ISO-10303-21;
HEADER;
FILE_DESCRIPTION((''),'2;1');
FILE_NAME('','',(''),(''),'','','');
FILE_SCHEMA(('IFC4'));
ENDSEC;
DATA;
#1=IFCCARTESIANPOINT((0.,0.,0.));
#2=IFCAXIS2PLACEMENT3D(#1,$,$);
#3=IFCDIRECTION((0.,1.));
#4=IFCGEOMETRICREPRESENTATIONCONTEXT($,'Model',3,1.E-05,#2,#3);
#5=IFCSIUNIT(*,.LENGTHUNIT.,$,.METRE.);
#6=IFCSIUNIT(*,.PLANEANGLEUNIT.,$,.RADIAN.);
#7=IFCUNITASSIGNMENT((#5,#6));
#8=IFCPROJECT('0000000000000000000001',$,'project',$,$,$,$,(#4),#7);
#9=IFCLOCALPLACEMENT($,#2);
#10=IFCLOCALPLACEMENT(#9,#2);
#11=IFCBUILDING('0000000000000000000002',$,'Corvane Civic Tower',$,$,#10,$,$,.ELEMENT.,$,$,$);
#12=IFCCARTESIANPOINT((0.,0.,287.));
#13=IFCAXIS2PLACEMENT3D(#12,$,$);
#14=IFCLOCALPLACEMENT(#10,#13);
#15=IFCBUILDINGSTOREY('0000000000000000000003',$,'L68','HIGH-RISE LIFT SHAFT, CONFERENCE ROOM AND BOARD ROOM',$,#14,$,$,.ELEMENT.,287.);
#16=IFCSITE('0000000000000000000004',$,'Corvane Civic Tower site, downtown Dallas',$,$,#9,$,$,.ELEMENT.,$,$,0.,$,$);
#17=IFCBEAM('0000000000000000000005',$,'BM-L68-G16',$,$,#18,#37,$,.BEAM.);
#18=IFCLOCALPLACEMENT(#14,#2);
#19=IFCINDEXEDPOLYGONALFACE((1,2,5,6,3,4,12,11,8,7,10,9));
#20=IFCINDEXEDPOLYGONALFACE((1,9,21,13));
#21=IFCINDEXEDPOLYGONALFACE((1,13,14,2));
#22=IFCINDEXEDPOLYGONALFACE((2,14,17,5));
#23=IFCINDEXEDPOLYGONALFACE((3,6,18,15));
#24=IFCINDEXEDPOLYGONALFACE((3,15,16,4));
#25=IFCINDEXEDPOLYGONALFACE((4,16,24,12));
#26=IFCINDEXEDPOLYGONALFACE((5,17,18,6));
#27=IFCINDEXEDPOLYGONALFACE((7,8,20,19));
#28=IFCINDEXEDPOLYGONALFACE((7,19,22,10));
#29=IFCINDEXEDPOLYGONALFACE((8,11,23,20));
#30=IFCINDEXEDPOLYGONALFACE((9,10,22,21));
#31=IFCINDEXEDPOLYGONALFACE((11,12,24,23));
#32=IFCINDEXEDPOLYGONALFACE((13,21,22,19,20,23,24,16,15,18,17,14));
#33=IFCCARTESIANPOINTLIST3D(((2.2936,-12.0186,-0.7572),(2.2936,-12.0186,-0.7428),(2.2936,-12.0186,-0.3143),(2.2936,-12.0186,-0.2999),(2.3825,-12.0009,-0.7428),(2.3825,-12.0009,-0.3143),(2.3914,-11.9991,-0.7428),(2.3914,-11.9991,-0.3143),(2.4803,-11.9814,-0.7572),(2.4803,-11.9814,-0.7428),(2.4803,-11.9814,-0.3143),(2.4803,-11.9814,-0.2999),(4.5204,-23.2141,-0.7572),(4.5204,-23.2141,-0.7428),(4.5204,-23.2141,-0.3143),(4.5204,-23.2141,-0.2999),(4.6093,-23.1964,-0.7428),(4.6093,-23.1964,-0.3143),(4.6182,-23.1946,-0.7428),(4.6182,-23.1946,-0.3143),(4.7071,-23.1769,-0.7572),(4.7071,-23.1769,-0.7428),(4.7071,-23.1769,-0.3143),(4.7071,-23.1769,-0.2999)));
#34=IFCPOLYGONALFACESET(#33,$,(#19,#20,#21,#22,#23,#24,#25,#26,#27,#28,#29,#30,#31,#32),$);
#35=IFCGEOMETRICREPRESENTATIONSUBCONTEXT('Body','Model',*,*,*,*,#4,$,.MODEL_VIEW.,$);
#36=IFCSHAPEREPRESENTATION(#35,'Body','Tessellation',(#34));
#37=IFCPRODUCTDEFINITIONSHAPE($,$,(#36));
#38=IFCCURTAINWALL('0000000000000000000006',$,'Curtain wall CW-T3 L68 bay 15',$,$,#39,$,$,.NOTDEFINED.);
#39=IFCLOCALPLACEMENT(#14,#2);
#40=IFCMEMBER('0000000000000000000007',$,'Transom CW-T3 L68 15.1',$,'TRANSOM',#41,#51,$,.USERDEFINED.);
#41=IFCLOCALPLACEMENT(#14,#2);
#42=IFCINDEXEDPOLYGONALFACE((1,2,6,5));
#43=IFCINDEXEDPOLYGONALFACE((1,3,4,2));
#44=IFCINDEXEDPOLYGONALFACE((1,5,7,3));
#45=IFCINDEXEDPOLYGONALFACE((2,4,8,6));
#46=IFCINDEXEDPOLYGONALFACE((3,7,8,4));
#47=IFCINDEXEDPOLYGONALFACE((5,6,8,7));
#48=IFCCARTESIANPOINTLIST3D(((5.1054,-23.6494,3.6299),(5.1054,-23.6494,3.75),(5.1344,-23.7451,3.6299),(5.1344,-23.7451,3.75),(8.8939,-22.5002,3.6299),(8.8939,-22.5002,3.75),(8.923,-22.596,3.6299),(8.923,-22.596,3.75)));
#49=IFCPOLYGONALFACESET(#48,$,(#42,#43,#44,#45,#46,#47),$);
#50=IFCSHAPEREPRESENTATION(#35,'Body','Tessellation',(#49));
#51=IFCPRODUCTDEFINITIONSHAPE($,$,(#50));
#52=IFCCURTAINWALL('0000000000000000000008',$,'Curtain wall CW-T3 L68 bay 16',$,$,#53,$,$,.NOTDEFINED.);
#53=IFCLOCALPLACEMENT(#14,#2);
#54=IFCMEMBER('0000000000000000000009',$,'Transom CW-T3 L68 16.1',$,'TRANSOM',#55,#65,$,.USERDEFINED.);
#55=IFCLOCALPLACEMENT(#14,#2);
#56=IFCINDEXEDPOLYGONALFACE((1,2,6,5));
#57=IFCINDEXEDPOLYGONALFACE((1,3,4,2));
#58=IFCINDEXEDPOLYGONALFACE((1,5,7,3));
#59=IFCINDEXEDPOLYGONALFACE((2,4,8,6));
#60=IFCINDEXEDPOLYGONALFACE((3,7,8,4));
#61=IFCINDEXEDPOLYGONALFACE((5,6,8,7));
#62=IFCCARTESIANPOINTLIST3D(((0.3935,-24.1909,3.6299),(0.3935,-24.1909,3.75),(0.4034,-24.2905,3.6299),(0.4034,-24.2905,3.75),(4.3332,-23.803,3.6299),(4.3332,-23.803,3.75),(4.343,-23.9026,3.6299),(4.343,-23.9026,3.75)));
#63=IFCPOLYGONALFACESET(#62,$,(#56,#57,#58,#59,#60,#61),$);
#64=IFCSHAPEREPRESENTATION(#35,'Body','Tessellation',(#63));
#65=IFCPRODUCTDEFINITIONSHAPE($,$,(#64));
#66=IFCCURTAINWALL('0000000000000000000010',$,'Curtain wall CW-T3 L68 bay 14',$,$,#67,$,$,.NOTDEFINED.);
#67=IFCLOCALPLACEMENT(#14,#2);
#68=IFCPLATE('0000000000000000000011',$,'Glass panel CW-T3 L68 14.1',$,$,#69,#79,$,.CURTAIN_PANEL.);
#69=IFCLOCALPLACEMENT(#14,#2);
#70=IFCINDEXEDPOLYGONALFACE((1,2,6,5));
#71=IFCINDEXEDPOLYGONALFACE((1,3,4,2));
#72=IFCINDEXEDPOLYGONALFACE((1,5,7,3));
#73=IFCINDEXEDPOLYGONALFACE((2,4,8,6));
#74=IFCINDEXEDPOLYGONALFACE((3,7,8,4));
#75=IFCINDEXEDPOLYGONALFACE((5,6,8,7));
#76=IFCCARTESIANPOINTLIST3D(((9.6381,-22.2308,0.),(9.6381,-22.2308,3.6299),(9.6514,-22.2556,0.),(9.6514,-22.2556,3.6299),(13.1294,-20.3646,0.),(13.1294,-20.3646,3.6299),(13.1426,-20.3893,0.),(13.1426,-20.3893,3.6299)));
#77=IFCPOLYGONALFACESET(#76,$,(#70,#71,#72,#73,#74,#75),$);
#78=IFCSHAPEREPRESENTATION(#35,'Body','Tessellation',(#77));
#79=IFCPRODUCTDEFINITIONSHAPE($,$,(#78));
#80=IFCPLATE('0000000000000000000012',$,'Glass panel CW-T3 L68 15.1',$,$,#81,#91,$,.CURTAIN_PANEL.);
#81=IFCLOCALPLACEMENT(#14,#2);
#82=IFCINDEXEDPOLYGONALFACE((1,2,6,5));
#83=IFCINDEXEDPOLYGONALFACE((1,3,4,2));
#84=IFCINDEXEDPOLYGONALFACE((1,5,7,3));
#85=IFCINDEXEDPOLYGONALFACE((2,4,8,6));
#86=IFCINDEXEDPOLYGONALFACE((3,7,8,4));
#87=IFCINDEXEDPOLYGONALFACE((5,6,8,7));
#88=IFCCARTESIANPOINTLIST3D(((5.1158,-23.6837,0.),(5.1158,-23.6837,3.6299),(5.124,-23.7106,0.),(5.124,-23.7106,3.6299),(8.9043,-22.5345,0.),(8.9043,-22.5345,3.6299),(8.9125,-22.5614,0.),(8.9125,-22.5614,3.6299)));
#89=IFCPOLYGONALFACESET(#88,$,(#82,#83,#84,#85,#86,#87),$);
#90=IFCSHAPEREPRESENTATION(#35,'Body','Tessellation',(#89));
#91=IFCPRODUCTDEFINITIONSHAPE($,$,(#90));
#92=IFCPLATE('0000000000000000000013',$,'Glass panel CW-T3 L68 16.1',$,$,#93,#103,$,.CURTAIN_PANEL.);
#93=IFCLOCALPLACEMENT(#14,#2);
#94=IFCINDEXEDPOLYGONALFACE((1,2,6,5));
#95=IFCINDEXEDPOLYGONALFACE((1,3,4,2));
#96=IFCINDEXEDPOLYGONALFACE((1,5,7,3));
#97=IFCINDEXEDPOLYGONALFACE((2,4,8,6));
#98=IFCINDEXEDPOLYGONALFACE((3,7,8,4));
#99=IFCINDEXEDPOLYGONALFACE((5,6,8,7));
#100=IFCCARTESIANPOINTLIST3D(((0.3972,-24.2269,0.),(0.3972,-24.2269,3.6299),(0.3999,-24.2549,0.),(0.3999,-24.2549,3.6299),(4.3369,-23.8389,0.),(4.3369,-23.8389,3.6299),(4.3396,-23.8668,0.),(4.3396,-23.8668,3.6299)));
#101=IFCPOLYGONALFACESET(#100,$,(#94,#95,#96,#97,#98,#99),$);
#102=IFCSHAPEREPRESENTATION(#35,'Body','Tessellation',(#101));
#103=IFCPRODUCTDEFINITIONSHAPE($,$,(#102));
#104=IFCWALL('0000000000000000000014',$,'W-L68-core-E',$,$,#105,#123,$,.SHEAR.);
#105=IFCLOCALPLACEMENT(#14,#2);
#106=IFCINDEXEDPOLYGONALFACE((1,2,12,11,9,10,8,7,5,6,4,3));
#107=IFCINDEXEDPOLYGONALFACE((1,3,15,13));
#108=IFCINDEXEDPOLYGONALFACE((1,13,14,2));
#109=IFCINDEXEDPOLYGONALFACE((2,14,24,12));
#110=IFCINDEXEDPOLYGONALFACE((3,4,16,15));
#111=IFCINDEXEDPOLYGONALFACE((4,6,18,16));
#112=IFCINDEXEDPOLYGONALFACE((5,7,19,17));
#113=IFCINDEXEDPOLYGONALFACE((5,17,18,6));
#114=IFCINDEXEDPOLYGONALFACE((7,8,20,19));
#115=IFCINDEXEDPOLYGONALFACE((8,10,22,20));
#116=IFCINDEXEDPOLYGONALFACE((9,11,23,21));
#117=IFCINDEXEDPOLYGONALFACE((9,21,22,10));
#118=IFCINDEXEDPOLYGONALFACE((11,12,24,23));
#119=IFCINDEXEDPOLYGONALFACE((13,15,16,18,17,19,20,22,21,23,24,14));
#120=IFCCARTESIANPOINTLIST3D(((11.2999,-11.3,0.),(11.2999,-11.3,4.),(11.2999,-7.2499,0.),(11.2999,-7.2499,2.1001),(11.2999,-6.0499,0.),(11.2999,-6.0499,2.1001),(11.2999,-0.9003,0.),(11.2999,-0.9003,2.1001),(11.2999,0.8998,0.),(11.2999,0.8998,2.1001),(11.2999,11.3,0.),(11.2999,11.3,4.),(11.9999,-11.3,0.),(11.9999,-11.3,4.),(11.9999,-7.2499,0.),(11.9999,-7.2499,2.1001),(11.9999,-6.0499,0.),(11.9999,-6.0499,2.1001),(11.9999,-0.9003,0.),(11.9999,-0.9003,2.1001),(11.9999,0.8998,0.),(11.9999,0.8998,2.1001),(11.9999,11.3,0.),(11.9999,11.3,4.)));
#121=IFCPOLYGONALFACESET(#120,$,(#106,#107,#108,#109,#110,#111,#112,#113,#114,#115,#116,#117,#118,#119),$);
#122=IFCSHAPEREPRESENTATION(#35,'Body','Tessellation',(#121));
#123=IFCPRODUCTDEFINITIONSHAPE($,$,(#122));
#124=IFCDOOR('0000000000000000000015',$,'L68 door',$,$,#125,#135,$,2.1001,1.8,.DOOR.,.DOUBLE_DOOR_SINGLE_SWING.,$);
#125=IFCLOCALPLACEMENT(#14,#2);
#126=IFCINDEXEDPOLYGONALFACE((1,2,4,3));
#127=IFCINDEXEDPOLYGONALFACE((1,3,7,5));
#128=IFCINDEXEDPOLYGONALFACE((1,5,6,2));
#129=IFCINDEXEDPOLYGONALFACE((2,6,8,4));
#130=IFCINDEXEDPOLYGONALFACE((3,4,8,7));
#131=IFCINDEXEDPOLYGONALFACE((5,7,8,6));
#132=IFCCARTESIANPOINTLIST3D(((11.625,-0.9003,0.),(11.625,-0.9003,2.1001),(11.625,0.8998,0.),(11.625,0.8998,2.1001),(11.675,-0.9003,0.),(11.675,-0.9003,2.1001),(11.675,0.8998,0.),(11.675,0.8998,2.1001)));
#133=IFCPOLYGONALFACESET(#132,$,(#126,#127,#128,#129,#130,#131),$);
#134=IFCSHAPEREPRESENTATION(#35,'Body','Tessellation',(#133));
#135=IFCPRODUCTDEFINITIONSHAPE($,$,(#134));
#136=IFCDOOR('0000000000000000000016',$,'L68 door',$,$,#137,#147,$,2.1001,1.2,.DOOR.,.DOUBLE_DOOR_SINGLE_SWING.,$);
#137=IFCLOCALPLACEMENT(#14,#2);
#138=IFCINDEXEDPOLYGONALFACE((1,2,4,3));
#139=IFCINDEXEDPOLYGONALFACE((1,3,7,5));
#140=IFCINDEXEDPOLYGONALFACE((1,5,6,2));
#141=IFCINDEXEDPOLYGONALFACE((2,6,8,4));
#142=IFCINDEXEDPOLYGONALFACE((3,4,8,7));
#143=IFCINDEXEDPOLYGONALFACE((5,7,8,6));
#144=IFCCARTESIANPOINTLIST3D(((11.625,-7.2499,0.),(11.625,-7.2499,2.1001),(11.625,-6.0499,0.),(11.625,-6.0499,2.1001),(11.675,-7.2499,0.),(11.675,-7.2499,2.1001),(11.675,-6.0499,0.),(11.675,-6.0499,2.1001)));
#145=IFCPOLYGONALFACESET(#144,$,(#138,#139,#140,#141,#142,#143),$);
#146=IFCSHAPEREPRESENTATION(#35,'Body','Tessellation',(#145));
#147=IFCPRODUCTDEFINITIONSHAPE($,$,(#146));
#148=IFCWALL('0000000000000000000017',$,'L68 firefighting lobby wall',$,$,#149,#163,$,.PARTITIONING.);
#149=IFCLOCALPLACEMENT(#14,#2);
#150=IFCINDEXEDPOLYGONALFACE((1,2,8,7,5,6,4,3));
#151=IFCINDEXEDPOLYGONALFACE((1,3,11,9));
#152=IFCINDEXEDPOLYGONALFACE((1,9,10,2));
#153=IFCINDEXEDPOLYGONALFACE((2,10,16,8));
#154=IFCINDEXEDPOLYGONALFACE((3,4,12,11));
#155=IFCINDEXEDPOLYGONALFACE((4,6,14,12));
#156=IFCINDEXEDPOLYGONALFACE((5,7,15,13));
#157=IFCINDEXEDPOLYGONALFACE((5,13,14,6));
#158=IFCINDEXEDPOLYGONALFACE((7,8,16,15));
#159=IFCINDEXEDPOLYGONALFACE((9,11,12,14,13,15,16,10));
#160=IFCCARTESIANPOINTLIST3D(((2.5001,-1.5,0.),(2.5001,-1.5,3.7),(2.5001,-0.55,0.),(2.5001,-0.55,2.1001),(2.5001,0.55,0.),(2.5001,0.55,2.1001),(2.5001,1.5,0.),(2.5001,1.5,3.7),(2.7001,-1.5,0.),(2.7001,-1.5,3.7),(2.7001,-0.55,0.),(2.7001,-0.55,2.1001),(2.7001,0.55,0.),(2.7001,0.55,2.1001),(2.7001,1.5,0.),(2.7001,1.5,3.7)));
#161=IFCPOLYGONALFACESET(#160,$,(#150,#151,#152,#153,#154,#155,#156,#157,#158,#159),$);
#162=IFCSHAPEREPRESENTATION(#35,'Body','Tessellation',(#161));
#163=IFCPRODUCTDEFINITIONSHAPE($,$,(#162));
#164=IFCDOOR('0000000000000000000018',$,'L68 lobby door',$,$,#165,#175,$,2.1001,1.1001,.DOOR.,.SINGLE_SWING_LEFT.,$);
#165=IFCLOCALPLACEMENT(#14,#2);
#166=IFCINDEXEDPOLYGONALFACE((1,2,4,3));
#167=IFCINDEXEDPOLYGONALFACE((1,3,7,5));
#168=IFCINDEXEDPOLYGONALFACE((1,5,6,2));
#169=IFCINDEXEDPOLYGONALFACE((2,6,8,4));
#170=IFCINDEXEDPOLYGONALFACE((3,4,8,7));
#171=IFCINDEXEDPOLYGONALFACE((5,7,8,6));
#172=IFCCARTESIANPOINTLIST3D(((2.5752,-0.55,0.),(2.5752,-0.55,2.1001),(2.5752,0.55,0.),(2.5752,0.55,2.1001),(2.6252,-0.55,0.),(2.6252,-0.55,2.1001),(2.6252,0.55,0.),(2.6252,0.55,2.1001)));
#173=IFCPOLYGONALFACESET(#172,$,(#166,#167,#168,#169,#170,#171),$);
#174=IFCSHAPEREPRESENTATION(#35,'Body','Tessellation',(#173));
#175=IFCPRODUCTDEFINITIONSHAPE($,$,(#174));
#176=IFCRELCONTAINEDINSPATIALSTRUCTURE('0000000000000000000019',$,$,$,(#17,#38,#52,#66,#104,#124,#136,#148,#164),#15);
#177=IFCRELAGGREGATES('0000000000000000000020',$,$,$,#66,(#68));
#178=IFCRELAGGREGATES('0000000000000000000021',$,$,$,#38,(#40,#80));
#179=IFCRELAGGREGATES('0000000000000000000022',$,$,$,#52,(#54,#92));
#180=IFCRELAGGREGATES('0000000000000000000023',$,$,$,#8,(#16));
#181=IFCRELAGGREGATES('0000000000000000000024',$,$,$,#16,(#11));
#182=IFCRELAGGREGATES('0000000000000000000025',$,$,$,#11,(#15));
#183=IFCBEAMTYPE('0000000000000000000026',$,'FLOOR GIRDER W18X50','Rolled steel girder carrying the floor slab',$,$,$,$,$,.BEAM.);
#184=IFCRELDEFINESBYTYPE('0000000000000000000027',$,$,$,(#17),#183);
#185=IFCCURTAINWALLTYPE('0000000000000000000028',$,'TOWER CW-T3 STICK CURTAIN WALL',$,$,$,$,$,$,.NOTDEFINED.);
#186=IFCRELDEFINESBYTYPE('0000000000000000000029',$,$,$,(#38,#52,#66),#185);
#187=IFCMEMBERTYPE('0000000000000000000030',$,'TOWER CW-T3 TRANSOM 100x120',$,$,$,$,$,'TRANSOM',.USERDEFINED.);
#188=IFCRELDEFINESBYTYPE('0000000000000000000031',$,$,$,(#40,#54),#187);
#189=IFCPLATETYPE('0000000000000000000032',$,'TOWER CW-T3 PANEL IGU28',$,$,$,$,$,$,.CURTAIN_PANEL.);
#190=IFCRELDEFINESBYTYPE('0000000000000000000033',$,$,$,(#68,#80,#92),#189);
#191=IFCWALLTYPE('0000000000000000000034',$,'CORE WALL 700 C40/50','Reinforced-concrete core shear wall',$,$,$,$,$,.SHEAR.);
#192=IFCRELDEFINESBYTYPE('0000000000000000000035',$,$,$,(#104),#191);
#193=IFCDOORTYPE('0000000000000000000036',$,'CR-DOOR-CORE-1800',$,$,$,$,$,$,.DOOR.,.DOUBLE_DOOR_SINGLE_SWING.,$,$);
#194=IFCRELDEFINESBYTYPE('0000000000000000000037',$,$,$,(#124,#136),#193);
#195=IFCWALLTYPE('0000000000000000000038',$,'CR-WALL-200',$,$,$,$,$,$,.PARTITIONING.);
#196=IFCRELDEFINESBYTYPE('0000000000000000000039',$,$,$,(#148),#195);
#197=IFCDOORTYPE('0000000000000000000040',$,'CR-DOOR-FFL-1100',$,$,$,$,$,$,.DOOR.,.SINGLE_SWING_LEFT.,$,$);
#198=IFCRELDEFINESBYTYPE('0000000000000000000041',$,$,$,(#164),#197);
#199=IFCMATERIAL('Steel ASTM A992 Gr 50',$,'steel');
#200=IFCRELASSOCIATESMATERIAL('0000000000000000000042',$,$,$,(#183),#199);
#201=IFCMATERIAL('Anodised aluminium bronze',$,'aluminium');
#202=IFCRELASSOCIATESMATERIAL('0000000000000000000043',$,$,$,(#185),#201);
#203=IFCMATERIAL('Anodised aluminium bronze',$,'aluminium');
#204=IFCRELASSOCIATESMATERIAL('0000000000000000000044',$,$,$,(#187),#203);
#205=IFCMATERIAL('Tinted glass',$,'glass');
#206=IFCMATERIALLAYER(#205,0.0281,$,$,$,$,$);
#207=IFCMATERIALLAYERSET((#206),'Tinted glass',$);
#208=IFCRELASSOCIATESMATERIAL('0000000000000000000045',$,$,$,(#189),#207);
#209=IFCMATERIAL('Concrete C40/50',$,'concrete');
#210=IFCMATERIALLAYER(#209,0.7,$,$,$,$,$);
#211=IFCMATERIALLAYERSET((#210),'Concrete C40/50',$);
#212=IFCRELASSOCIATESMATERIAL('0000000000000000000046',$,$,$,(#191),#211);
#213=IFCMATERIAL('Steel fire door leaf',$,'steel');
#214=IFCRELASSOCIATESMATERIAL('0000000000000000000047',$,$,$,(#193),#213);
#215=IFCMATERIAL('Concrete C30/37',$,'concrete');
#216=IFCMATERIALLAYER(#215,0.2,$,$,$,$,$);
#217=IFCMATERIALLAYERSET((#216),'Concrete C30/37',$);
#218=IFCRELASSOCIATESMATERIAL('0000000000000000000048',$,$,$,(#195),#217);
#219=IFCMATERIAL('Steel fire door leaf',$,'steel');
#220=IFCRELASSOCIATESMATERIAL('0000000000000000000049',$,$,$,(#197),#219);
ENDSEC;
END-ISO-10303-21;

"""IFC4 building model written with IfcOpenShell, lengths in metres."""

from ifc_helpers import new_model, si_unit, direction, frame, frame_2d, origin, origin_2d, place, context, subcontext, project, spatial, rectangle, i_section, extrude, material, layer, layer_set, material_profile, profile_set, type_object, element, fill, aggregate, save


model = new_model("IFC4")

# Units and contexts
model_context = context("Model", 3, precision=1e-05, world=origin(), true_north=direction((0.0, 1.0)))
body_context = subcontext(model_context, "Body", "Model", "MODEL_VIEW")
ifc_project = project(units=[si_unit("LENGTHUNIT", "METRE"), si_unit("PLANEANGLEUNIT", "RADIAN")], contexts=[model_context])

# Site, building, storey
site_placement = place(None, origin())
site = spatial("IfcSite", under=ifc_project, at=site_placement, Name="Corvane Civic Tower site, downtown Dallas", CompositionType="ELEMENT", RefElevation=0.0)
building_placement = place(site_placement, origin())
building = spatial("IfcBuilding", under=site, at=building_placement, Name="Corvane Civic Tower", CompositionType="ELEMENT")
storey_placement = place(building_placement, frame((0.0, 0.0, 287.0)))
storey = spatial("IfcBuildingStorey", under=building, at=storey_placement, Name="L68", Description="HIGH-RISE LIFT SHAFT, CONFERENCE ROOM AND BOARD ROOM", CompositionType="ELEMENT", Elevation=287.0)

# Beam
ifc_material_1 = material(Name="Steel ASTM A992 Gr 50", Category="steel")
ifc_material_profile_1 = material_profile(ifc_material_1, i_section(OverallWidth=0.1904, OverallDepth=0.4573, WebThickness=0.009, FlangeThickness=0.0144, at=origin_2d()), Name="W18X50")
ifc_profile_set_1 = profile_set([ifc_material_profile_1], Name="Steel ASTM A992 Gr 50")
beam_type_1 = type_object("IfcBeamType", Name="FLOOR GIRDER W18X50", Description="Rolled steel girder carrying the floor slab", PredefinedType="BEAM", material=ifc_profile_set_1)
beam_1_placement = place(storey_placement, frame((2.387, -12.0, -0.5286), z_axis=(0.19508, -0.980787, 0.0), x_axis=(0.980787, 0.19508, 0.0)))
element("IfcBeam", 1, at=beam_1_placement, inside=storey, type_object=beam_type_1, Name="BM-L68-G16", PredefinedType="BEAM", context=body_context, shape_type="SweptSolid", body=[
    extrude(i_section(OverallWidth=0.1904, OverallDepth=0.4573, WebThickness=0.009, FlangeThickness=0.0144, at=origin_2d()), origin(), (0.0, 0.0, 1.0), 11.4148),
])

# Curtain walls, members
ifc_material_2 = material(Name="Anodised aluminium bronze", Category="aluminium")
curtain_wall_type = type_object("IfcCurtainWallType", Name="TOWER CW-T3 STICK CURTAIN WALL", PredefinedType="NOTDEFINED", material=ifc_material_2)
curtain_wall_1_placement = place(storey_placement, origin())
curtain_wall_1 = element("IfcCurtainWall", 2, at=curtain_wall_1_placement, inside=storey, type_object=curtain_wall_type, Name="Curtain wall CW-T3 L68 bay 15", PredefinedType="NOTDEFINED")
ifc_material_3 = material(Name="Anodised aluminium bronze", Category="aluminium")
ifc_material_profile_2 = material_profile(ifc_material_3, rectangle(XDim=0.1001, YDim=0.1201, at=origin_2d()), Name="TOWER CW-T3 TRANSOM 100x120")
ifc_profile_set_2 = profile_set([ifc_material_profile_2], Name="Anodised aluminium bronze")
member_type = type_object("IfcMemberType", Name="TOWER CW-T3 TRANSOM 100x120", ElementType="TRANSOM", PredefinedType="USERDEFINED", material=ifc_profile_set_2)
member_1_placement = place(storey_placement, frame((8.9084, -22.5481, 3.6899), z_axis=(-0.956946, -0.290266, 0.0), x_axis=(0.290266, -0.956946, 0.0)))
member_1 = element("IfcMember", 3, at=member_1_placement, type_object=member_type, Name="Transom CW-T3 L68 15.1", ObjectType="TRANSOM", PredefinedType="USERDEFINED", context=body_context, shape_type="SweptSolid", body=[
    extrude(rectangle(XDim=0.1001, YDim=0.1201, at=origin_2d()), origin(), (0.0, 0.0, 1.0), 3.959),
])
curtain_wall_2_placement = place(storey_placement, origin())
curtain_wall_2 = element("IfcCurtainWall", 4, at=curtain_wall_2_placement, inside=storey, type_object=curtain_wall_type, Name="Curtain wall CW-T3 L68 bay 16", PredefinedType="NOTDEFINED")
member_2_placement = place(storey_placement, frame((4.3381, -23.8528, 3.6899), z_axis=(-0.995187, -0.097995, 0.0), x_axis=(0.097995, -0.995187, 0.0)))
member_2 = element("IfcMember", 5, at=member_2_placement, type_object=member_type, Name="Transom CW-T3 L68 16.1", ObjectType="TRANSOM", PredefinedType="USERDEFINED", context=body_context, shape_type="SweptSolid", body=[
    extrude(rectangle(XDim=0.1001, YDim=0.1201, at=origin_2d()), origin(), (0.0, 0.0, 1.0), 3.9587),
])

# Curtain wall, plate
curtain_wall_3_placement = place(storey_placement, origin())
curtain_wall_3 = element("IfcCurtainWall", 6, at=curtain_wall_3_placement, inside=storey, type_object=curtain_wall_type, Name="Curtain wall CW-T3 L68 bay 14", PredefinedType="NOTDEFINED")
ifc_material_4 = material(Name="Tinted glass", Category="glass")
ifc_layer_1 = layer(ifc_material_4, 0.0281)
ifc_layer_set_1 = layer_set([ifc_layer_1], Name="Tinted glass")
plate_type = type_object("IfcPlateType", Name="TOWER CW-T3 PANEL IGU28", PredefinedType="CURTAIN_PANEL", material=ifc_layer_set_1)
plate_1_placement = place(storey_placement, frame((11.3904, -21.3101, 0.0), z_axis=(0.0, 0.0, 1.0), x_axis=(-0.881908, -0.471421, 0.0)))
plate_1 = element("IfcPlate", 7, at=plate_1_placement, type_object=plate_type, Name="Glass panel CW-T3 L68 14.1", PredefinedType="CURTAIN_PANEL", context=body_context, shape_type="SweptSolid", body=[
    extrude(rectangle(XDim=3.9587, YDim=0.0281, at=origin_2d()), origin(), (0.0, 0.0, 1.0), 3.6299),
])
aggregate(curtain_wall_3, [plate_1])

# Plates
plate_2_placement = place(storey_placement, frame((7.0142, -23.1226, 0.0), z_axis=(0.0, 0.0, 1.0), x_axis=(-0.956944, -0.290274, 0.0)))
plate_2 = element("IfcPlate", 8, at=plate_2_placement, type_object=plate_type, Name="Glass panel CW-T3 L68 15.1", PredefinedType="CURTAIN_PANEL", context=body_context, shape_type="SweptSolid", body=[
    extrude(rectangle(XDim=3.959, YDim=0.0281, at=origin_2d()), origin(), (0.0, 0.0, 1.0), 3.6299),
])
aggregate(curtain_wall_1, [member_1, plate_2])
plate_3_placement = place(storey_placement, frame((2.3684, -24.0469, 0.0), z_axis=(0.0, 0.0, 1.0), x_axis=(-0.995184, -0.098021, 0.0)))
plate_3 = element("IfcPlate", 9, at=plate_3_placement, type_object=plate_type, Name="Glass panel CW-T3 L68 16.1", PredefinedType="CURTAIN_PANEL", context=body_context, shape_type="SweptSolid", body=[
    extrude(rectangle(XDim=3.9587, YDim=0.0281, at=origin_2d()), origin(), (0.0, 0.0, 1.0), 3.6299),
])
aggregate(curtain_wall_2, [member_2, plate_3])

# Wall, openings, doors
ifc_material_5 = material(Name="Concrete C40/50", Category="concrete")
ifc_layer_2 = layer(ifc_material_5, 0.7)
ifc_layer_set_2 = layer_set([ifc_layer_2], Name="Concrete C40/50")
wall_type_1 = type_object("IfcWallType", Name="CORE WALL 700 C40/50", Description="Reinforced-concrete core shear wall", PredefinedType="SHEAR", material=ifc_layer_set_2)
wall_1_placement = place(storey_placement, frame((11.6499, -11.3, 0.0), z_axis=(0.0, 0.0, 1.0), x_axis=(0.0, 1.0, 0.0)))
wall_1 = element("IfcWall", 10, at=wall_1_placement, inside=storey, type_object=wall_type_1, Name="W-L68-core-E", PredefinedType="SHEAR", context=body_context, shape_type="SweptSolid", body=[
    extrude(rectangle(XDim=22.6001, YDim=0.7, at=frame_2d((11.3, 0.0))), origin(), (0.0, 0.0, 1.0), 4.0),
])
opening_1_placement = place(wall_1_placement, frame((10.3999, 0.0, 0.0)))
opening_1 = element("IfcOpeningElement", 11, at=opening_1_placement, cuts=wall_1, PredefinedType="OPENING", context=body_context, shape_type="SweptSolid", body=[
    extrude(rectangle(XDim=1.8, YDim=2.1001, at=frame_2d((0.8999, 1.05))), frame((0.0, 0.3599, 0.0), z_axis=(0.0, -1.0, 0.0), x_axis=(1.0, 0.0, 0.0)), (0.0, 0.0, 1.0), 0.72),
])
opening_2_placement = place(wall_1_placement, frame((4.05, 0.0, 0.0)))
opening_2 = element("IfcOpeningElement", 12, at=opening_2_placement, cuts=wall_1, PredefinedType="OPENING", context=body_context, shape_type="SweptSolid", body=[
    extrude(rectangle(XDim=1.2, YDim=2.1001, at=frame_2d((0.6001, 1.05))), frame((0.0, 0.3599, 0.0), z_axis=(0.0, -1.0, 0.0), x_axis=(1.0, 0.0, 0.0)), (0.0, 0.0, 1.0), 0.72),
])
ifc_material_6 = material(Name="Steel fire door leaf", Category="steel")
door_type_1 = type_object("IfcDoorType", Name="CR-DOOR-CORE-1800", OperationType="DOUBLE_DOOR_SINGLE_SWING", PredefinedType="DOOR", material=ifc_material_6)
door_1_placement = place(opening_1_placement, origin())
door_1 = element("IfcDoor", 13, at=door_1_placement, inside=storey, type_object=door_type_1, Name="L68 door", OperationType="DOUBLE_DOOR_SINGLE_SWING", OverallHeight=2.1001, OverallWidth=1.8, PredefinedType="DOOR", context=body_context, shape_type="SweptSolid", body=[
    extrude(rectangle(XDim=1.8, YDim=2.1001, at=frame_2d((0.8999, 1.05))), frame((0.0, 0.0249, 0.0), z_axis=(0.0, -1.0, 0.0), x_axis=(1.0, 0.0, 0.0)), (0.0, 0.0, 1.0), 0.05),
])
fill(opening_1, door_1)
door_2_placement = place(opening_2_placement, origin())
door_2 = element("IfcDoor", 14, at=door_2_placement, inside=storey, type_object=door_type_1, Name="L68 door", OperationType="DOUBLE_DOOR_SINGLE_SWING", OverallHeight=2.1001, OverallWidth=1.2, PredefinedType="DOOR", context=body_context, shape_type="SweptSolid", body=[
    extrude(rectangle(XDim=1.2, YDim=2.1001, at=frame_2d((0.6001, 1.05))), frame((0.0, 0.0249, 0.0), z_axis=(0.0, -1.0, 0.0), x_axis=(1.0, 0.0, 0.0)), (0.0, 0.0, 1.0), 0.05),
])
fill(opening_2, door_2)

# Wall, opening, door
ifc_material_7 = material(Name="Concrete C30/37", Category="concrete")
ifc_layer_3 = layer(ifc_material_7, 0.2)
ifc_layer_set_3 = layer_set([ifc_layer_3], Name="Concrete C30/37")
wall_type_2 = type_object("IfcWallType", Name="CR-WALL-200", PredefinedType="PARTITIONING", material=ifc_layer_set_3)
wall_2_placement = place(storey_placement, frame((2.6001, -1.5, 0.0), z_axis=(0.0, 0.0, 1.0), x_axis=(0.0, 1.0, 0.0)))
wall_2 = element("IfcWall", 15, at=wall_2_placement, inside=storey, type_object=wall_type_2, Name="L68 firefighting lobby wall", PredefinedType="PARTITIONING", context=body_context, shape_type="SweptSolid", body=[
    extrude(rectangle(XDim=3.0, YDim=0.2, at=frame_2d((1.5, 0.0))), origin(), (0.0, 0.0, 1.0), 3.7),
])
opening_3_placement = place(wall_2_placement, frame((0.95, 0.0, 0.0)))
opening_3 = element("IfcOpeningElement", 16, at=opening_3_placement, cuts=wall_2, PredefinedType="OPENING", context=body_context, shape_type="SweptSolid", body=[
    extrude(rectangle(XDim=1.1001, YDim=2.1001, at=frame_2d((0.55, 1.05))), frame((0.0, 0.1099, 0.0), z_axis=(0.0, -1.0, 0.0), x_axis=(1.0, 0.0, 0.0)), (0.0, 0.0, 1.0), 0.22),
])
ifc_material_8 = material(Name="Steel fire door leaf", Category="steel")
door_type_2 = type_object("IfcDoorType", Name="CR-DOOR-FFL-1100", OperationType="SINGLE_SWING_LEFT", PredefinedType="DOOR", material=ifc_material_8)
door_3_placement = place(opening_3_placement, origin())
door_3 = element("IfcDoor", 17, at=door_3_placement, inside=storey, type_object=door_type_2, Name="L68 lobby door", OperationType="SINGLE_SWING_LEFT", OverallHeight=2.1001, OverallWidth=1.1001, PredefinedType="DOOR", context=body_context, shape_type="SweptSolid", body=[
    extrude(rectangle(XDim=1.1001, YDim=2.1001, at=frame_2d((0.55, 1.05))), frame((0.0, 0.0249, 0.0), z_axis=(0.0, -1.0, 0.0), x_axis=(1.0, 0.0, 0.0)), (0.0, 0.0, 1.0), 0.05),
])
fill(opening_3, door_3)

save(model, "model.ifc")
